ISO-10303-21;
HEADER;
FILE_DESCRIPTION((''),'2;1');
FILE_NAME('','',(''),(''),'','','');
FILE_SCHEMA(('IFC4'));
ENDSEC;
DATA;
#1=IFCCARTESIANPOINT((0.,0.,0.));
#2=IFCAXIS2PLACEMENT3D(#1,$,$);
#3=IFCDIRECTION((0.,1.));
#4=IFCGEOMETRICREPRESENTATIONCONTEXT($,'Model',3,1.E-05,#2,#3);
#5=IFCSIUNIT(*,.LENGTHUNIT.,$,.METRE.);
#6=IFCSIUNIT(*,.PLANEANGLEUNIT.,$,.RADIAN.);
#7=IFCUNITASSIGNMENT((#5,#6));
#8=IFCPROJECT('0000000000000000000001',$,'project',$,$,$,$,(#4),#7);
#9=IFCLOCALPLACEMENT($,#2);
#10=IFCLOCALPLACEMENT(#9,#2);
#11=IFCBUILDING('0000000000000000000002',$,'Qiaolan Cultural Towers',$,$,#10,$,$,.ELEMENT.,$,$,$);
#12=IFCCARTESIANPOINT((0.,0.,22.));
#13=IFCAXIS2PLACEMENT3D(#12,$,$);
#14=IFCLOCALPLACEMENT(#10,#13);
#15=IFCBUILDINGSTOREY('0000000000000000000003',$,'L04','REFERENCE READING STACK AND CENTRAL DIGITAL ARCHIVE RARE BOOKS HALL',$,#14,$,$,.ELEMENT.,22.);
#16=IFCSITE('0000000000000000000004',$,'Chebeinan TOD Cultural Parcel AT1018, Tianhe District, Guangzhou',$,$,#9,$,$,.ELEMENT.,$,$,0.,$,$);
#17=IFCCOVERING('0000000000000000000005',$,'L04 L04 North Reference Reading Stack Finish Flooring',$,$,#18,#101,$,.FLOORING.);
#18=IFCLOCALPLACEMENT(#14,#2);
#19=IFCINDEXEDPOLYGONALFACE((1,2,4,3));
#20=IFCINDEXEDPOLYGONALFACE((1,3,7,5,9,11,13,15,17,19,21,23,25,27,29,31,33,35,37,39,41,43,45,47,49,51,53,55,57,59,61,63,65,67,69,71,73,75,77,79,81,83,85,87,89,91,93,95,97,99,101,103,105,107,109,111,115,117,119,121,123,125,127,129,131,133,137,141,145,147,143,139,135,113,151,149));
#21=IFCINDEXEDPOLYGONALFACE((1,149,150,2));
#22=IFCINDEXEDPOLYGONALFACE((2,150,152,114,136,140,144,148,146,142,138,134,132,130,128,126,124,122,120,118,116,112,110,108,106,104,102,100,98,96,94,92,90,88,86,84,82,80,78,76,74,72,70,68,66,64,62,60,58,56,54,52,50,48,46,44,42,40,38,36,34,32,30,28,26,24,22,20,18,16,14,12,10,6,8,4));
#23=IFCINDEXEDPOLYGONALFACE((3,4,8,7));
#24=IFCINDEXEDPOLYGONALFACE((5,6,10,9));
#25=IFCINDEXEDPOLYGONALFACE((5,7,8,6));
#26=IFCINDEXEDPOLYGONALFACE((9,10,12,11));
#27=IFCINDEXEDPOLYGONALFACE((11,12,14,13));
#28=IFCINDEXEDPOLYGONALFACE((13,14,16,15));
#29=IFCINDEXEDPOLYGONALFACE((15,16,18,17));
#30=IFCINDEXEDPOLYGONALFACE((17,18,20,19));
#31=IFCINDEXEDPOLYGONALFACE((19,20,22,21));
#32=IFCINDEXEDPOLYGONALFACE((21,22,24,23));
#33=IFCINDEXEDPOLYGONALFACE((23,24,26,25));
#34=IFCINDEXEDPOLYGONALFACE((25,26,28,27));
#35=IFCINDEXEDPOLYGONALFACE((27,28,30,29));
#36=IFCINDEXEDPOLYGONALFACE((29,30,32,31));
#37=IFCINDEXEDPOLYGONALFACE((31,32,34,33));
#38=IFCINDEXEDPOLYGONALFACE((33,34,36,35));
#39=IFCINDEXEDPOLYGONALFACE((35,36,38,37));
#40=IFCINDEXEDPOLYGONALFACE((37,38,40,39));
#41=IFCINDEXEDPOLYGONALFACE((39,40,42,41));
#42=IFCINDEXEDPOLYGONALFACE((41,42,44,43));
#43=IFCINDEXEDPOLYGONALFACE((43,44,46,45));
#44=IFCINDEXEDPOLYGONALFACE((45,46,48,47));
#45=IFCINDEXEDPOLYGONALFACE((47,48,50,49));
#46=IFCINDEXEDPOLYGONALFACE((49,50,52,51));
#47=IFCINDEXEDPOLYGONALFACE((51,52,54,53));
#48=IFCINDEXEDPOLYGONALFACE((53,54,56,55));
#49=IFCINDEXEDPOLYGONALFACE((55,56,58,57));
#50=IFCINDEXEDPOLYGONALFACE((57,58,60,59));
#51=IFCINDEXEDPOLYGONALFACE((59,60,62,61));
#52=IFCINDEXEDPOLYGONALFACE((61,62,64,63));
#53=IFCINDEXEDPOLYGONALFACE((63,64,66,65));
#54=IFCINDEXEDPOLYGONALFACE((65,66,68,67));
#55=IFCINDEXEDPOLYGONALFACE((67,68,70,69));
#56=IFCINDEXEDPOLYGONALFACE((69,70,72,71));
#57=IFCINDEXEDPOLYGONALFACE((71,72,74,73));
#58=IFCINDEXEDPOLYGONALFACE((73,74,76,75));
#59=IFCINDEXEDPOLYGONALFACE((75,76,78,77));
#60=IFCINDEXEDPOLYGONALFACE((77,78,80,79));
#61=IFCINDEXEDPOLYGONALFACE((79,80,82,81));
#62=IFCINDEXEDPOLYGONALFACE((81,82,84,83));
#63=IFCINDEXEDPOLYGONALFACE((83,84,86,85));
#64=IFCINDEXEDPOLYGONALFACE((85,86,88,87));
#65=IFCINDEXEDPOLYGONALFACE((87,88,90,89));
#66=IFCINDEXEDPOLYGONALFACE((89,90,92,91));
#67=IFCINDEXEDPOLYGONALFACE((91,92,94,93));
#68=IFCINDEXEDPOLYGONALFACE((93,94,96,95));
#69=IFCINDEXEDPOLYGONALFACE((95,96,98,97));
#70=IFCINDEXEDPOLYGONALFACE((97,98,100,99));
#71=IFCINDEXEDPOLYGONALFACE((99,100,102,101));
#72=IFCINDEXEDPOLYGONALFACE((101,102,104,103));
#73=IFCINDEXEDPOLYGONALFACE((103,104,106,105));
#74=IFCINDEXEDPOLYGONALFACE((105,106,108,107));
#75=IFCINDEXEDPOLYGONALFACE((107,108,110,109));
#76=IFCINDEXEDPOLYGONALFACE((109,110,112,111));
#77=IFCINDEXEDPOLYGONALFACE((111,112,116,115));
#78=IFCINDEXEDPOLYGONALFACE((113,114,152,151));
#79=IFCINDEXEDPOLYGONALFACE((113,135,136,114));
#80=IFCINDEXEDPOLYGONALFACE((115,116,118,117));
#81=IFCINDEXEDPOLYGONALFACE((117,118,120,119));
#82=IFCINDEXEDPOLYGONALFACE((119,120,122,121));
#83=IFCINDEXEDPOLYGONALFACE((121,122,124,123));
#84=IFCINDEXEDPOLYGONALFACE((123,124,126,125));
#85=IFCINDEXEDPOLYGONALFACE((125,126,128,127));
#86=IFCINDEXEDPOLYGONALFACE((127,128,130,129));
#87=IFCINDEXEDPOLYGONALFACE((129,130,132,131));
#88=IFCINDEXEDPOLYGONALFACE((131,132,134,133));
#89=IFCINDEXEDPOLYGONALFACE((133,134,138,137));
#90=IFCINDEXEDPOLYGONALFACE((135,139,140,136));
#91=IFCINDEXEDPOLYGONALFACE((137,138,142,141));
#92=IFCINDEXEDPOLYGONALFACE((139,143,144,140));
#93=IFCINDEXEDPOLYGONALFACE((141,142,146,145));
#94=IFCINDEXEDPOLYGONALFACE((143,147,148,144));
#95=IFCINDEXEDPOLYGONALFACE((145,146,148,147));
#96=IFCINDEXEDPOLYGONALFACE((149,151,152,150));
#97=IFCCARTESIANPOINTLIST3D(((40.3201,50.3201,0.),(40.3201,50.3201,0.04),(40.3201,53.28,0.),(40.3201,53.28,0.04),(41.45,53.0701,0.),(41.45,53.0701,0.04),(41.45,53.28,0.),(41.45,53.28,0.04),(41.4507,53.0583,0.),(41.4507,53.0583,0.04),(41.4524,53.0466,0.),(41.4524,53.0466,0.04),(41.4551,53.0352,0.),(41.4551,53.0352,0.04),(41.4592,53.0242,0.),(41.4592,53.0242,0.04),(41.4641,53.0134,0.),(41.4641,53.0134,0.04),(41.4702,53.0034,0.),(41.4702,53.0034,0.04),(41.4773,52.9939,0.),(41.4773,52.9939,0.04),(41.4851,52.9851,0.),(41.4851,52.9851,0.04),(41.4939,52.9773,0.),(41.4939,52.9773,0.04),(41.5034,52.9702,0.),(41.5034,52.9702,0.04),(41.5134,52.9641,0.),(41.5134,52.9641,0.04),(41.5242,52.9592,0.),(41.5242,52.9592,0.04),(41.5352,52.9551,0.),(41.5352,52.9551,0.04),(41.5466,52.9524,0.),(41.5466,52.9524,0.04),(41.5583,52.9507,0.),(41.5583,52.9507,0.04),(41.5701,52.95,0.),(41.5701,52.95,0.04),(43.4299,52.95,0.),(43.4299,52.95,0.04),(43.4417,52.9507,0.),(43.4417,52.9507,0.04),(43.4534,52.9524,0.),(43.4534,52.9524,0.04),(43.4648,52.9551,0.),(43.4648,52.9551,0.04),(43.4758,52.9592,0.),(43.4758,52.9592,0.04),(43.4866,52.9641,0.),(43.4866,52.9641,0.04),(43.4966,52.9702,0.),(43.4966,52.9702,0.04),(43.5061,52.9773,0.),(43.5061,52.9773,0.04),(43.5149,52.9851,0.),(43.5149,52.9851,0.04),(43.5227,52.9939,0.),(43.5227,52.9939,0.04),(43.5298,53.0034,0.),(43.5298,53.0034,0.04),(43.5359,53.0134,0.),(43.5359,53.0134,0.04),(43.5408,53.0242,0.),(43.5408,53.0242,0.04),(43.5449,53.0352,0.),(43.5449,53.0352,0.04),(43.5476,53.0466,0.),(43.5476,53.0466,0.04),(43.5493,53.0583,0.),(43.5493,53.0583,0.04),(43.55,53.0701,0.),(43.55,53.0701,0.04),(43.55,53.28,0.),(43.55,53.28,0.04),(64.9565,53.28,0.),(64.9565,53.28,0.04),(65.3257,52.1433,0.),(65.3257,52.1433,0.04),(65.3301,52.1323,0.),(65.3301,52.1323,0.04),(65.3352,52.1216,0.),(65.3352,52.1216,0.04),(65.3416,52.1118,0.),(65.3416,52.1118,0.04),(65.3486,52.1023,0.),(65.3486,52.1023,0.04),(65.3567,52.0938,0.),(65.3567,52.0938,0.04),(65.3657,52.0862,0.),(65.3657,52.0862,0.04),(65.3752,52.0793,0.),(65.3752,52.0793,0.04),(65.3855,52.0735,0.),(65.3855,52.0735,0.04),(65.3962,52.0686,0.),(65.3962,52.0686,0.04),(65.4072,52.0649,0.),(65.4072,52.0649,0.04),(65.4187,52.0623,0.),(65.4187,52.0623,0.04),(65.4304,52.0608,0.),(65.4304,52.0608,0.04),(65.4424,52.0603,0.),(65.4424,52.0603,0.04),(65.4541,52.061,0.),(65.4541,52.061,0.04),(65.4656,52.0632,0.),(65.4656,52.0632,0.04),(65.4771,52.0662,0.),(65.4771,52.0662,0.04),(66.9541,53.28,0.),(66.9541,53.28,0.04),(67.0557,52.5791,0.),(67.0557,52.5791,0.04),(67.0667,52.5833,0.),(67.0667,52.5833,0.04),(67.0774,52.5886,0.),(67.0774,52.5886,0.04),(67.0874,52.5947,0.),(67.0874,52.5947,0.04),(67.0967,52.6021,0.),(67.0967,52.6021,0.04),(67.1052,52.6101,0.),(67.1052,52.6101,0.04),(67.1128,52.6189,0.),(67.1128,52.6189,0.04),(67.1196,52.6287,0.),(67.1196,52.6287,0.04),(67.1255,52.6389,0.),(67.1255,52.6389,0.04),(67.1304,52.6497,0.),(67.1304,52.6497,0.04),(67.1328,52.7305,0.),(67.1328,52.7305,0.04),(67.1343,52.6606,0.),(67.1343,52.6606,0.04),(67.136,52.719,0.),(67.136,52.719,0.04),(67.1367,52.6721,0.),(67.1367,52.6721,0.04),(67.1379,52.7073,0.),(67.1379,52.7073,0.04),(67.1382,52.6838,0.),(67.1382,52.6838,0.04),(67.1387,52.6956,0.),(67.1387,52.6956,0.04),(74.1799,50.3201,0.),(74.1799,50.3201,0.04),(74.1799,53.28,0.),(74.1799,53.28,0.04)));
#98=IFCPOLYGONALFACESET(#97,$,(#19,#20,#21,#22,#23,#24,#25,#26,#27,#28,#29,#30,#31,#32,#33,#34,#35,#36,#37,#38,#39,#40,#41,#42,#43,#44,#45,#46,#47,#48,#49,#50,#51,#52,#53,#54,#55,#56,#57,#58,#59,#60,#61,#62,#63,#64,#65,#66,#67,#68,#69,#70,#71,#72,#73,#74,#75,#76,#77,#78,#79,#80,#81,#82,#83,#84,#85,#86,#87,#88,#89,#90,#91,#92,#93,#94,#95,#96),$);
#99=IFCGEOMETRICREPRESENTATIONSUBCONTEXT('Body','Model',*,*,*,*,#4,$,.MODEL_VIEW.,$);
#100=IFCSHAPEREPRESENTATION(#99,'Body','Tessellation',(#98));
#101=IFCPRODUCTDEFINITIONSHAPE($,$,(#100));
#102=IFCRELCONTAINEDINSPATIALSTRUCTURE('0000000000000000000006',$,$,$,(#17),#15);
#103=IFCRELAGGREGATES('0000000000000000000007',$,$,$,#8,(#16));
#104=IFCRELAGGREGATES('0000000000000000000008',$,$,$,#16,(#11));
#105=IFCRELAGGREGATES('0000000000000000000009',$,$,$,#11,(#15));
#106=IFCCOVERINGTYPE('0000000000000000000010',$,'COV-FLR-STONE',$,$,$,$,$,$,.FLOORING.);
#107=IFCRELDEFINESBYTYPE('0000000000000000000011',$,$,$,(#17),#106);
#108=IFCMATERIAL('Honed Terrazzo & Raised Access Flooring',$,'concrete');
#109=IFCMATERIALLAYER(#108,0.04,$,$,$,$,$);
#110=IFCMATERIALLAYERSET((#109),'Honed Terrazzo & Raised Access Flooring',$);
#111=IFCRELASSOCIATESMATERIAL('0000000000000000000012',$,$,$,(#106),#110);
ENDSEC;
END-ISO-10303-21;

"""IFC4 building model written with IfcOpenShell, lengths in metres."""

from ifc_helpers import new_model, si_unit, direction, frame, origin, place, context, subcontext, project, spatial, polyline, outline, extrude, material, layer, layer_set, type_object, element, save


model = new_model("IFC4")

# Units and contexts
model_context = context("Model", 3, precision=1e-05, world=origin(), true_north=direction((0.0, 1.0)))
body_context = subcontext(model_context, "Body", "Model", "MODEL_VIEW")
ifc_project = project(units=[si_unit("LENGTHUNIT", "METRE"), si_unit("PLANEANGLEUNIT", "RADIAN")], contexts=[model_context])

# Site, building, storey
site_placement = place(None, origin())
site = spatial("IfcSite", under=ifc_project, at=site_placement, Name="Chebeinan TOD Cultural Parcel AT1018, Tianhe District, Guangzhou", CompositionType="ELEMENT", RefElevation=0.0)
building_placement = place(site_placement, origin())
building = spatial("IfcBuilding", under=site, at=building_placement, Name="Qiaolan Cultural Towers", CompositionType="ELEMENT")
storey_placement = place(building_placement, frame((0.0, 0.0, 22.0)))
storey = spatial("IfcBuildingStorey", under=building, at=storey_placement, Name="L04", Description="REFERENCE READING STACK AND CENTRAL DIGITAL ARCHIVE RARE BOOKS HALL", CompositionType="ELEMENT", Elevation=22.0)

# Covering
ifc_material_1 = material(Name="Honed Terrazzo & Raised Access Flooring", Category="concrete")
ifc_layer_1 = layer(ifc_material_1, 0.04)
ifc_layer_set_1 = layer_set([ifc_layer_1], Name="Honed Terrazzo & Raised Access Flooring")
covering_type = type_object("IfcCoveringType", Name="COV-FLR-STONE", PredefinedType="FLOORING", material=ifc_layer_set_1)
covering_1_placement = place(storey_placement, origin())
element("IfcCovering", 1, at=covering_1_placement, inside=storey, type_object=covering_type, Name="L04 L04 North Reference Reading Stack Finish Flooring", PredefinedType="FLOORING", context=body_context, shape_type="SweptSolid", body=[
    extrude(outline(polyline([(74.1799, 53.28), (66.9541, 53.28), (67.1328, 52.7305), (67.136, 52.719), (67.1379, 52.7073), (67.1387, 52.6956), (67.1382, 52.6838), (67.1367, 52.6721), (67.1343, 52.6606), (67.1304, 52.6497), (67.1255, 52.6389), (67.1196, 52.6287), (67.1128, 52.6189), (67.1052, 52.6101), (67.0967, 52.6021), (67.0874, 52.5947), (67.0774, 52.5886), (67.0667, 52.5833), (67.0557, 52.5791), (65.4771, 52.0662), (65.4656, 52.0632), (65.4541, 52.061), (65.4424, 52.0603), (65.4304, 52.0608), (65.4187, 52.0623), (65.4072, 52.0649), (65.3962, 52.0686), (65.3855, 52.0735), (65.3752, 52.0793), (65.3657, 52.0862), (65.3567, 52.0938), (65.3486, 52.1023), (65.3416, 52.1118), (65.3352, 52.1216), (65.3301, 52.1323), (65.3257, 52.1433), (64.9565, 53.28), (43.55, 53.28), (43.55, 53.0701), (43.5493, 53.0583), (43.5476, 53.0466), (43.5449, 53.0352), (43.5408, 53.0242), (43.5359, 53.0134), (43.5298, 53.0034), (43.5227, 52.9939), (43.5149, 52.9851), (43.5061, 52.9773), (43.4966, 52.9702), (43.4866, 52.9641), (43.4758, 52.9592), (43.4648, 52.9551), (43.4534, 52.9524), (43.4417, 52.9507), (43.4299, 52.95), (41.5701, 52.95), (41.5583, 52.9507), (41.5466, 52.9524), (41.5352, 52.9551), (41.5242, 52.9592), (41.5134, 52.9641), (41.5034, 52.9702), (41.4939, 52.9773), (41.4851, 52.9851), (41.4773, 52.9939), (41.4702, 53.0034), (41.4641, 53.0134), (41.4592, 53.0242), (41.4551, 53.0352), (41.4524, 53.0466), (41.4507, 53.0583), (41.45, 53.0701), (41.45, 53.28), (40.3201, 53.28), (40.3201, 50.3201), (74.1799, 50.3201), (74.1799, 53.28)])), origin(), (0.0, 0.0, 1.0), 0.04),
])

save(model, "model.ifc")
